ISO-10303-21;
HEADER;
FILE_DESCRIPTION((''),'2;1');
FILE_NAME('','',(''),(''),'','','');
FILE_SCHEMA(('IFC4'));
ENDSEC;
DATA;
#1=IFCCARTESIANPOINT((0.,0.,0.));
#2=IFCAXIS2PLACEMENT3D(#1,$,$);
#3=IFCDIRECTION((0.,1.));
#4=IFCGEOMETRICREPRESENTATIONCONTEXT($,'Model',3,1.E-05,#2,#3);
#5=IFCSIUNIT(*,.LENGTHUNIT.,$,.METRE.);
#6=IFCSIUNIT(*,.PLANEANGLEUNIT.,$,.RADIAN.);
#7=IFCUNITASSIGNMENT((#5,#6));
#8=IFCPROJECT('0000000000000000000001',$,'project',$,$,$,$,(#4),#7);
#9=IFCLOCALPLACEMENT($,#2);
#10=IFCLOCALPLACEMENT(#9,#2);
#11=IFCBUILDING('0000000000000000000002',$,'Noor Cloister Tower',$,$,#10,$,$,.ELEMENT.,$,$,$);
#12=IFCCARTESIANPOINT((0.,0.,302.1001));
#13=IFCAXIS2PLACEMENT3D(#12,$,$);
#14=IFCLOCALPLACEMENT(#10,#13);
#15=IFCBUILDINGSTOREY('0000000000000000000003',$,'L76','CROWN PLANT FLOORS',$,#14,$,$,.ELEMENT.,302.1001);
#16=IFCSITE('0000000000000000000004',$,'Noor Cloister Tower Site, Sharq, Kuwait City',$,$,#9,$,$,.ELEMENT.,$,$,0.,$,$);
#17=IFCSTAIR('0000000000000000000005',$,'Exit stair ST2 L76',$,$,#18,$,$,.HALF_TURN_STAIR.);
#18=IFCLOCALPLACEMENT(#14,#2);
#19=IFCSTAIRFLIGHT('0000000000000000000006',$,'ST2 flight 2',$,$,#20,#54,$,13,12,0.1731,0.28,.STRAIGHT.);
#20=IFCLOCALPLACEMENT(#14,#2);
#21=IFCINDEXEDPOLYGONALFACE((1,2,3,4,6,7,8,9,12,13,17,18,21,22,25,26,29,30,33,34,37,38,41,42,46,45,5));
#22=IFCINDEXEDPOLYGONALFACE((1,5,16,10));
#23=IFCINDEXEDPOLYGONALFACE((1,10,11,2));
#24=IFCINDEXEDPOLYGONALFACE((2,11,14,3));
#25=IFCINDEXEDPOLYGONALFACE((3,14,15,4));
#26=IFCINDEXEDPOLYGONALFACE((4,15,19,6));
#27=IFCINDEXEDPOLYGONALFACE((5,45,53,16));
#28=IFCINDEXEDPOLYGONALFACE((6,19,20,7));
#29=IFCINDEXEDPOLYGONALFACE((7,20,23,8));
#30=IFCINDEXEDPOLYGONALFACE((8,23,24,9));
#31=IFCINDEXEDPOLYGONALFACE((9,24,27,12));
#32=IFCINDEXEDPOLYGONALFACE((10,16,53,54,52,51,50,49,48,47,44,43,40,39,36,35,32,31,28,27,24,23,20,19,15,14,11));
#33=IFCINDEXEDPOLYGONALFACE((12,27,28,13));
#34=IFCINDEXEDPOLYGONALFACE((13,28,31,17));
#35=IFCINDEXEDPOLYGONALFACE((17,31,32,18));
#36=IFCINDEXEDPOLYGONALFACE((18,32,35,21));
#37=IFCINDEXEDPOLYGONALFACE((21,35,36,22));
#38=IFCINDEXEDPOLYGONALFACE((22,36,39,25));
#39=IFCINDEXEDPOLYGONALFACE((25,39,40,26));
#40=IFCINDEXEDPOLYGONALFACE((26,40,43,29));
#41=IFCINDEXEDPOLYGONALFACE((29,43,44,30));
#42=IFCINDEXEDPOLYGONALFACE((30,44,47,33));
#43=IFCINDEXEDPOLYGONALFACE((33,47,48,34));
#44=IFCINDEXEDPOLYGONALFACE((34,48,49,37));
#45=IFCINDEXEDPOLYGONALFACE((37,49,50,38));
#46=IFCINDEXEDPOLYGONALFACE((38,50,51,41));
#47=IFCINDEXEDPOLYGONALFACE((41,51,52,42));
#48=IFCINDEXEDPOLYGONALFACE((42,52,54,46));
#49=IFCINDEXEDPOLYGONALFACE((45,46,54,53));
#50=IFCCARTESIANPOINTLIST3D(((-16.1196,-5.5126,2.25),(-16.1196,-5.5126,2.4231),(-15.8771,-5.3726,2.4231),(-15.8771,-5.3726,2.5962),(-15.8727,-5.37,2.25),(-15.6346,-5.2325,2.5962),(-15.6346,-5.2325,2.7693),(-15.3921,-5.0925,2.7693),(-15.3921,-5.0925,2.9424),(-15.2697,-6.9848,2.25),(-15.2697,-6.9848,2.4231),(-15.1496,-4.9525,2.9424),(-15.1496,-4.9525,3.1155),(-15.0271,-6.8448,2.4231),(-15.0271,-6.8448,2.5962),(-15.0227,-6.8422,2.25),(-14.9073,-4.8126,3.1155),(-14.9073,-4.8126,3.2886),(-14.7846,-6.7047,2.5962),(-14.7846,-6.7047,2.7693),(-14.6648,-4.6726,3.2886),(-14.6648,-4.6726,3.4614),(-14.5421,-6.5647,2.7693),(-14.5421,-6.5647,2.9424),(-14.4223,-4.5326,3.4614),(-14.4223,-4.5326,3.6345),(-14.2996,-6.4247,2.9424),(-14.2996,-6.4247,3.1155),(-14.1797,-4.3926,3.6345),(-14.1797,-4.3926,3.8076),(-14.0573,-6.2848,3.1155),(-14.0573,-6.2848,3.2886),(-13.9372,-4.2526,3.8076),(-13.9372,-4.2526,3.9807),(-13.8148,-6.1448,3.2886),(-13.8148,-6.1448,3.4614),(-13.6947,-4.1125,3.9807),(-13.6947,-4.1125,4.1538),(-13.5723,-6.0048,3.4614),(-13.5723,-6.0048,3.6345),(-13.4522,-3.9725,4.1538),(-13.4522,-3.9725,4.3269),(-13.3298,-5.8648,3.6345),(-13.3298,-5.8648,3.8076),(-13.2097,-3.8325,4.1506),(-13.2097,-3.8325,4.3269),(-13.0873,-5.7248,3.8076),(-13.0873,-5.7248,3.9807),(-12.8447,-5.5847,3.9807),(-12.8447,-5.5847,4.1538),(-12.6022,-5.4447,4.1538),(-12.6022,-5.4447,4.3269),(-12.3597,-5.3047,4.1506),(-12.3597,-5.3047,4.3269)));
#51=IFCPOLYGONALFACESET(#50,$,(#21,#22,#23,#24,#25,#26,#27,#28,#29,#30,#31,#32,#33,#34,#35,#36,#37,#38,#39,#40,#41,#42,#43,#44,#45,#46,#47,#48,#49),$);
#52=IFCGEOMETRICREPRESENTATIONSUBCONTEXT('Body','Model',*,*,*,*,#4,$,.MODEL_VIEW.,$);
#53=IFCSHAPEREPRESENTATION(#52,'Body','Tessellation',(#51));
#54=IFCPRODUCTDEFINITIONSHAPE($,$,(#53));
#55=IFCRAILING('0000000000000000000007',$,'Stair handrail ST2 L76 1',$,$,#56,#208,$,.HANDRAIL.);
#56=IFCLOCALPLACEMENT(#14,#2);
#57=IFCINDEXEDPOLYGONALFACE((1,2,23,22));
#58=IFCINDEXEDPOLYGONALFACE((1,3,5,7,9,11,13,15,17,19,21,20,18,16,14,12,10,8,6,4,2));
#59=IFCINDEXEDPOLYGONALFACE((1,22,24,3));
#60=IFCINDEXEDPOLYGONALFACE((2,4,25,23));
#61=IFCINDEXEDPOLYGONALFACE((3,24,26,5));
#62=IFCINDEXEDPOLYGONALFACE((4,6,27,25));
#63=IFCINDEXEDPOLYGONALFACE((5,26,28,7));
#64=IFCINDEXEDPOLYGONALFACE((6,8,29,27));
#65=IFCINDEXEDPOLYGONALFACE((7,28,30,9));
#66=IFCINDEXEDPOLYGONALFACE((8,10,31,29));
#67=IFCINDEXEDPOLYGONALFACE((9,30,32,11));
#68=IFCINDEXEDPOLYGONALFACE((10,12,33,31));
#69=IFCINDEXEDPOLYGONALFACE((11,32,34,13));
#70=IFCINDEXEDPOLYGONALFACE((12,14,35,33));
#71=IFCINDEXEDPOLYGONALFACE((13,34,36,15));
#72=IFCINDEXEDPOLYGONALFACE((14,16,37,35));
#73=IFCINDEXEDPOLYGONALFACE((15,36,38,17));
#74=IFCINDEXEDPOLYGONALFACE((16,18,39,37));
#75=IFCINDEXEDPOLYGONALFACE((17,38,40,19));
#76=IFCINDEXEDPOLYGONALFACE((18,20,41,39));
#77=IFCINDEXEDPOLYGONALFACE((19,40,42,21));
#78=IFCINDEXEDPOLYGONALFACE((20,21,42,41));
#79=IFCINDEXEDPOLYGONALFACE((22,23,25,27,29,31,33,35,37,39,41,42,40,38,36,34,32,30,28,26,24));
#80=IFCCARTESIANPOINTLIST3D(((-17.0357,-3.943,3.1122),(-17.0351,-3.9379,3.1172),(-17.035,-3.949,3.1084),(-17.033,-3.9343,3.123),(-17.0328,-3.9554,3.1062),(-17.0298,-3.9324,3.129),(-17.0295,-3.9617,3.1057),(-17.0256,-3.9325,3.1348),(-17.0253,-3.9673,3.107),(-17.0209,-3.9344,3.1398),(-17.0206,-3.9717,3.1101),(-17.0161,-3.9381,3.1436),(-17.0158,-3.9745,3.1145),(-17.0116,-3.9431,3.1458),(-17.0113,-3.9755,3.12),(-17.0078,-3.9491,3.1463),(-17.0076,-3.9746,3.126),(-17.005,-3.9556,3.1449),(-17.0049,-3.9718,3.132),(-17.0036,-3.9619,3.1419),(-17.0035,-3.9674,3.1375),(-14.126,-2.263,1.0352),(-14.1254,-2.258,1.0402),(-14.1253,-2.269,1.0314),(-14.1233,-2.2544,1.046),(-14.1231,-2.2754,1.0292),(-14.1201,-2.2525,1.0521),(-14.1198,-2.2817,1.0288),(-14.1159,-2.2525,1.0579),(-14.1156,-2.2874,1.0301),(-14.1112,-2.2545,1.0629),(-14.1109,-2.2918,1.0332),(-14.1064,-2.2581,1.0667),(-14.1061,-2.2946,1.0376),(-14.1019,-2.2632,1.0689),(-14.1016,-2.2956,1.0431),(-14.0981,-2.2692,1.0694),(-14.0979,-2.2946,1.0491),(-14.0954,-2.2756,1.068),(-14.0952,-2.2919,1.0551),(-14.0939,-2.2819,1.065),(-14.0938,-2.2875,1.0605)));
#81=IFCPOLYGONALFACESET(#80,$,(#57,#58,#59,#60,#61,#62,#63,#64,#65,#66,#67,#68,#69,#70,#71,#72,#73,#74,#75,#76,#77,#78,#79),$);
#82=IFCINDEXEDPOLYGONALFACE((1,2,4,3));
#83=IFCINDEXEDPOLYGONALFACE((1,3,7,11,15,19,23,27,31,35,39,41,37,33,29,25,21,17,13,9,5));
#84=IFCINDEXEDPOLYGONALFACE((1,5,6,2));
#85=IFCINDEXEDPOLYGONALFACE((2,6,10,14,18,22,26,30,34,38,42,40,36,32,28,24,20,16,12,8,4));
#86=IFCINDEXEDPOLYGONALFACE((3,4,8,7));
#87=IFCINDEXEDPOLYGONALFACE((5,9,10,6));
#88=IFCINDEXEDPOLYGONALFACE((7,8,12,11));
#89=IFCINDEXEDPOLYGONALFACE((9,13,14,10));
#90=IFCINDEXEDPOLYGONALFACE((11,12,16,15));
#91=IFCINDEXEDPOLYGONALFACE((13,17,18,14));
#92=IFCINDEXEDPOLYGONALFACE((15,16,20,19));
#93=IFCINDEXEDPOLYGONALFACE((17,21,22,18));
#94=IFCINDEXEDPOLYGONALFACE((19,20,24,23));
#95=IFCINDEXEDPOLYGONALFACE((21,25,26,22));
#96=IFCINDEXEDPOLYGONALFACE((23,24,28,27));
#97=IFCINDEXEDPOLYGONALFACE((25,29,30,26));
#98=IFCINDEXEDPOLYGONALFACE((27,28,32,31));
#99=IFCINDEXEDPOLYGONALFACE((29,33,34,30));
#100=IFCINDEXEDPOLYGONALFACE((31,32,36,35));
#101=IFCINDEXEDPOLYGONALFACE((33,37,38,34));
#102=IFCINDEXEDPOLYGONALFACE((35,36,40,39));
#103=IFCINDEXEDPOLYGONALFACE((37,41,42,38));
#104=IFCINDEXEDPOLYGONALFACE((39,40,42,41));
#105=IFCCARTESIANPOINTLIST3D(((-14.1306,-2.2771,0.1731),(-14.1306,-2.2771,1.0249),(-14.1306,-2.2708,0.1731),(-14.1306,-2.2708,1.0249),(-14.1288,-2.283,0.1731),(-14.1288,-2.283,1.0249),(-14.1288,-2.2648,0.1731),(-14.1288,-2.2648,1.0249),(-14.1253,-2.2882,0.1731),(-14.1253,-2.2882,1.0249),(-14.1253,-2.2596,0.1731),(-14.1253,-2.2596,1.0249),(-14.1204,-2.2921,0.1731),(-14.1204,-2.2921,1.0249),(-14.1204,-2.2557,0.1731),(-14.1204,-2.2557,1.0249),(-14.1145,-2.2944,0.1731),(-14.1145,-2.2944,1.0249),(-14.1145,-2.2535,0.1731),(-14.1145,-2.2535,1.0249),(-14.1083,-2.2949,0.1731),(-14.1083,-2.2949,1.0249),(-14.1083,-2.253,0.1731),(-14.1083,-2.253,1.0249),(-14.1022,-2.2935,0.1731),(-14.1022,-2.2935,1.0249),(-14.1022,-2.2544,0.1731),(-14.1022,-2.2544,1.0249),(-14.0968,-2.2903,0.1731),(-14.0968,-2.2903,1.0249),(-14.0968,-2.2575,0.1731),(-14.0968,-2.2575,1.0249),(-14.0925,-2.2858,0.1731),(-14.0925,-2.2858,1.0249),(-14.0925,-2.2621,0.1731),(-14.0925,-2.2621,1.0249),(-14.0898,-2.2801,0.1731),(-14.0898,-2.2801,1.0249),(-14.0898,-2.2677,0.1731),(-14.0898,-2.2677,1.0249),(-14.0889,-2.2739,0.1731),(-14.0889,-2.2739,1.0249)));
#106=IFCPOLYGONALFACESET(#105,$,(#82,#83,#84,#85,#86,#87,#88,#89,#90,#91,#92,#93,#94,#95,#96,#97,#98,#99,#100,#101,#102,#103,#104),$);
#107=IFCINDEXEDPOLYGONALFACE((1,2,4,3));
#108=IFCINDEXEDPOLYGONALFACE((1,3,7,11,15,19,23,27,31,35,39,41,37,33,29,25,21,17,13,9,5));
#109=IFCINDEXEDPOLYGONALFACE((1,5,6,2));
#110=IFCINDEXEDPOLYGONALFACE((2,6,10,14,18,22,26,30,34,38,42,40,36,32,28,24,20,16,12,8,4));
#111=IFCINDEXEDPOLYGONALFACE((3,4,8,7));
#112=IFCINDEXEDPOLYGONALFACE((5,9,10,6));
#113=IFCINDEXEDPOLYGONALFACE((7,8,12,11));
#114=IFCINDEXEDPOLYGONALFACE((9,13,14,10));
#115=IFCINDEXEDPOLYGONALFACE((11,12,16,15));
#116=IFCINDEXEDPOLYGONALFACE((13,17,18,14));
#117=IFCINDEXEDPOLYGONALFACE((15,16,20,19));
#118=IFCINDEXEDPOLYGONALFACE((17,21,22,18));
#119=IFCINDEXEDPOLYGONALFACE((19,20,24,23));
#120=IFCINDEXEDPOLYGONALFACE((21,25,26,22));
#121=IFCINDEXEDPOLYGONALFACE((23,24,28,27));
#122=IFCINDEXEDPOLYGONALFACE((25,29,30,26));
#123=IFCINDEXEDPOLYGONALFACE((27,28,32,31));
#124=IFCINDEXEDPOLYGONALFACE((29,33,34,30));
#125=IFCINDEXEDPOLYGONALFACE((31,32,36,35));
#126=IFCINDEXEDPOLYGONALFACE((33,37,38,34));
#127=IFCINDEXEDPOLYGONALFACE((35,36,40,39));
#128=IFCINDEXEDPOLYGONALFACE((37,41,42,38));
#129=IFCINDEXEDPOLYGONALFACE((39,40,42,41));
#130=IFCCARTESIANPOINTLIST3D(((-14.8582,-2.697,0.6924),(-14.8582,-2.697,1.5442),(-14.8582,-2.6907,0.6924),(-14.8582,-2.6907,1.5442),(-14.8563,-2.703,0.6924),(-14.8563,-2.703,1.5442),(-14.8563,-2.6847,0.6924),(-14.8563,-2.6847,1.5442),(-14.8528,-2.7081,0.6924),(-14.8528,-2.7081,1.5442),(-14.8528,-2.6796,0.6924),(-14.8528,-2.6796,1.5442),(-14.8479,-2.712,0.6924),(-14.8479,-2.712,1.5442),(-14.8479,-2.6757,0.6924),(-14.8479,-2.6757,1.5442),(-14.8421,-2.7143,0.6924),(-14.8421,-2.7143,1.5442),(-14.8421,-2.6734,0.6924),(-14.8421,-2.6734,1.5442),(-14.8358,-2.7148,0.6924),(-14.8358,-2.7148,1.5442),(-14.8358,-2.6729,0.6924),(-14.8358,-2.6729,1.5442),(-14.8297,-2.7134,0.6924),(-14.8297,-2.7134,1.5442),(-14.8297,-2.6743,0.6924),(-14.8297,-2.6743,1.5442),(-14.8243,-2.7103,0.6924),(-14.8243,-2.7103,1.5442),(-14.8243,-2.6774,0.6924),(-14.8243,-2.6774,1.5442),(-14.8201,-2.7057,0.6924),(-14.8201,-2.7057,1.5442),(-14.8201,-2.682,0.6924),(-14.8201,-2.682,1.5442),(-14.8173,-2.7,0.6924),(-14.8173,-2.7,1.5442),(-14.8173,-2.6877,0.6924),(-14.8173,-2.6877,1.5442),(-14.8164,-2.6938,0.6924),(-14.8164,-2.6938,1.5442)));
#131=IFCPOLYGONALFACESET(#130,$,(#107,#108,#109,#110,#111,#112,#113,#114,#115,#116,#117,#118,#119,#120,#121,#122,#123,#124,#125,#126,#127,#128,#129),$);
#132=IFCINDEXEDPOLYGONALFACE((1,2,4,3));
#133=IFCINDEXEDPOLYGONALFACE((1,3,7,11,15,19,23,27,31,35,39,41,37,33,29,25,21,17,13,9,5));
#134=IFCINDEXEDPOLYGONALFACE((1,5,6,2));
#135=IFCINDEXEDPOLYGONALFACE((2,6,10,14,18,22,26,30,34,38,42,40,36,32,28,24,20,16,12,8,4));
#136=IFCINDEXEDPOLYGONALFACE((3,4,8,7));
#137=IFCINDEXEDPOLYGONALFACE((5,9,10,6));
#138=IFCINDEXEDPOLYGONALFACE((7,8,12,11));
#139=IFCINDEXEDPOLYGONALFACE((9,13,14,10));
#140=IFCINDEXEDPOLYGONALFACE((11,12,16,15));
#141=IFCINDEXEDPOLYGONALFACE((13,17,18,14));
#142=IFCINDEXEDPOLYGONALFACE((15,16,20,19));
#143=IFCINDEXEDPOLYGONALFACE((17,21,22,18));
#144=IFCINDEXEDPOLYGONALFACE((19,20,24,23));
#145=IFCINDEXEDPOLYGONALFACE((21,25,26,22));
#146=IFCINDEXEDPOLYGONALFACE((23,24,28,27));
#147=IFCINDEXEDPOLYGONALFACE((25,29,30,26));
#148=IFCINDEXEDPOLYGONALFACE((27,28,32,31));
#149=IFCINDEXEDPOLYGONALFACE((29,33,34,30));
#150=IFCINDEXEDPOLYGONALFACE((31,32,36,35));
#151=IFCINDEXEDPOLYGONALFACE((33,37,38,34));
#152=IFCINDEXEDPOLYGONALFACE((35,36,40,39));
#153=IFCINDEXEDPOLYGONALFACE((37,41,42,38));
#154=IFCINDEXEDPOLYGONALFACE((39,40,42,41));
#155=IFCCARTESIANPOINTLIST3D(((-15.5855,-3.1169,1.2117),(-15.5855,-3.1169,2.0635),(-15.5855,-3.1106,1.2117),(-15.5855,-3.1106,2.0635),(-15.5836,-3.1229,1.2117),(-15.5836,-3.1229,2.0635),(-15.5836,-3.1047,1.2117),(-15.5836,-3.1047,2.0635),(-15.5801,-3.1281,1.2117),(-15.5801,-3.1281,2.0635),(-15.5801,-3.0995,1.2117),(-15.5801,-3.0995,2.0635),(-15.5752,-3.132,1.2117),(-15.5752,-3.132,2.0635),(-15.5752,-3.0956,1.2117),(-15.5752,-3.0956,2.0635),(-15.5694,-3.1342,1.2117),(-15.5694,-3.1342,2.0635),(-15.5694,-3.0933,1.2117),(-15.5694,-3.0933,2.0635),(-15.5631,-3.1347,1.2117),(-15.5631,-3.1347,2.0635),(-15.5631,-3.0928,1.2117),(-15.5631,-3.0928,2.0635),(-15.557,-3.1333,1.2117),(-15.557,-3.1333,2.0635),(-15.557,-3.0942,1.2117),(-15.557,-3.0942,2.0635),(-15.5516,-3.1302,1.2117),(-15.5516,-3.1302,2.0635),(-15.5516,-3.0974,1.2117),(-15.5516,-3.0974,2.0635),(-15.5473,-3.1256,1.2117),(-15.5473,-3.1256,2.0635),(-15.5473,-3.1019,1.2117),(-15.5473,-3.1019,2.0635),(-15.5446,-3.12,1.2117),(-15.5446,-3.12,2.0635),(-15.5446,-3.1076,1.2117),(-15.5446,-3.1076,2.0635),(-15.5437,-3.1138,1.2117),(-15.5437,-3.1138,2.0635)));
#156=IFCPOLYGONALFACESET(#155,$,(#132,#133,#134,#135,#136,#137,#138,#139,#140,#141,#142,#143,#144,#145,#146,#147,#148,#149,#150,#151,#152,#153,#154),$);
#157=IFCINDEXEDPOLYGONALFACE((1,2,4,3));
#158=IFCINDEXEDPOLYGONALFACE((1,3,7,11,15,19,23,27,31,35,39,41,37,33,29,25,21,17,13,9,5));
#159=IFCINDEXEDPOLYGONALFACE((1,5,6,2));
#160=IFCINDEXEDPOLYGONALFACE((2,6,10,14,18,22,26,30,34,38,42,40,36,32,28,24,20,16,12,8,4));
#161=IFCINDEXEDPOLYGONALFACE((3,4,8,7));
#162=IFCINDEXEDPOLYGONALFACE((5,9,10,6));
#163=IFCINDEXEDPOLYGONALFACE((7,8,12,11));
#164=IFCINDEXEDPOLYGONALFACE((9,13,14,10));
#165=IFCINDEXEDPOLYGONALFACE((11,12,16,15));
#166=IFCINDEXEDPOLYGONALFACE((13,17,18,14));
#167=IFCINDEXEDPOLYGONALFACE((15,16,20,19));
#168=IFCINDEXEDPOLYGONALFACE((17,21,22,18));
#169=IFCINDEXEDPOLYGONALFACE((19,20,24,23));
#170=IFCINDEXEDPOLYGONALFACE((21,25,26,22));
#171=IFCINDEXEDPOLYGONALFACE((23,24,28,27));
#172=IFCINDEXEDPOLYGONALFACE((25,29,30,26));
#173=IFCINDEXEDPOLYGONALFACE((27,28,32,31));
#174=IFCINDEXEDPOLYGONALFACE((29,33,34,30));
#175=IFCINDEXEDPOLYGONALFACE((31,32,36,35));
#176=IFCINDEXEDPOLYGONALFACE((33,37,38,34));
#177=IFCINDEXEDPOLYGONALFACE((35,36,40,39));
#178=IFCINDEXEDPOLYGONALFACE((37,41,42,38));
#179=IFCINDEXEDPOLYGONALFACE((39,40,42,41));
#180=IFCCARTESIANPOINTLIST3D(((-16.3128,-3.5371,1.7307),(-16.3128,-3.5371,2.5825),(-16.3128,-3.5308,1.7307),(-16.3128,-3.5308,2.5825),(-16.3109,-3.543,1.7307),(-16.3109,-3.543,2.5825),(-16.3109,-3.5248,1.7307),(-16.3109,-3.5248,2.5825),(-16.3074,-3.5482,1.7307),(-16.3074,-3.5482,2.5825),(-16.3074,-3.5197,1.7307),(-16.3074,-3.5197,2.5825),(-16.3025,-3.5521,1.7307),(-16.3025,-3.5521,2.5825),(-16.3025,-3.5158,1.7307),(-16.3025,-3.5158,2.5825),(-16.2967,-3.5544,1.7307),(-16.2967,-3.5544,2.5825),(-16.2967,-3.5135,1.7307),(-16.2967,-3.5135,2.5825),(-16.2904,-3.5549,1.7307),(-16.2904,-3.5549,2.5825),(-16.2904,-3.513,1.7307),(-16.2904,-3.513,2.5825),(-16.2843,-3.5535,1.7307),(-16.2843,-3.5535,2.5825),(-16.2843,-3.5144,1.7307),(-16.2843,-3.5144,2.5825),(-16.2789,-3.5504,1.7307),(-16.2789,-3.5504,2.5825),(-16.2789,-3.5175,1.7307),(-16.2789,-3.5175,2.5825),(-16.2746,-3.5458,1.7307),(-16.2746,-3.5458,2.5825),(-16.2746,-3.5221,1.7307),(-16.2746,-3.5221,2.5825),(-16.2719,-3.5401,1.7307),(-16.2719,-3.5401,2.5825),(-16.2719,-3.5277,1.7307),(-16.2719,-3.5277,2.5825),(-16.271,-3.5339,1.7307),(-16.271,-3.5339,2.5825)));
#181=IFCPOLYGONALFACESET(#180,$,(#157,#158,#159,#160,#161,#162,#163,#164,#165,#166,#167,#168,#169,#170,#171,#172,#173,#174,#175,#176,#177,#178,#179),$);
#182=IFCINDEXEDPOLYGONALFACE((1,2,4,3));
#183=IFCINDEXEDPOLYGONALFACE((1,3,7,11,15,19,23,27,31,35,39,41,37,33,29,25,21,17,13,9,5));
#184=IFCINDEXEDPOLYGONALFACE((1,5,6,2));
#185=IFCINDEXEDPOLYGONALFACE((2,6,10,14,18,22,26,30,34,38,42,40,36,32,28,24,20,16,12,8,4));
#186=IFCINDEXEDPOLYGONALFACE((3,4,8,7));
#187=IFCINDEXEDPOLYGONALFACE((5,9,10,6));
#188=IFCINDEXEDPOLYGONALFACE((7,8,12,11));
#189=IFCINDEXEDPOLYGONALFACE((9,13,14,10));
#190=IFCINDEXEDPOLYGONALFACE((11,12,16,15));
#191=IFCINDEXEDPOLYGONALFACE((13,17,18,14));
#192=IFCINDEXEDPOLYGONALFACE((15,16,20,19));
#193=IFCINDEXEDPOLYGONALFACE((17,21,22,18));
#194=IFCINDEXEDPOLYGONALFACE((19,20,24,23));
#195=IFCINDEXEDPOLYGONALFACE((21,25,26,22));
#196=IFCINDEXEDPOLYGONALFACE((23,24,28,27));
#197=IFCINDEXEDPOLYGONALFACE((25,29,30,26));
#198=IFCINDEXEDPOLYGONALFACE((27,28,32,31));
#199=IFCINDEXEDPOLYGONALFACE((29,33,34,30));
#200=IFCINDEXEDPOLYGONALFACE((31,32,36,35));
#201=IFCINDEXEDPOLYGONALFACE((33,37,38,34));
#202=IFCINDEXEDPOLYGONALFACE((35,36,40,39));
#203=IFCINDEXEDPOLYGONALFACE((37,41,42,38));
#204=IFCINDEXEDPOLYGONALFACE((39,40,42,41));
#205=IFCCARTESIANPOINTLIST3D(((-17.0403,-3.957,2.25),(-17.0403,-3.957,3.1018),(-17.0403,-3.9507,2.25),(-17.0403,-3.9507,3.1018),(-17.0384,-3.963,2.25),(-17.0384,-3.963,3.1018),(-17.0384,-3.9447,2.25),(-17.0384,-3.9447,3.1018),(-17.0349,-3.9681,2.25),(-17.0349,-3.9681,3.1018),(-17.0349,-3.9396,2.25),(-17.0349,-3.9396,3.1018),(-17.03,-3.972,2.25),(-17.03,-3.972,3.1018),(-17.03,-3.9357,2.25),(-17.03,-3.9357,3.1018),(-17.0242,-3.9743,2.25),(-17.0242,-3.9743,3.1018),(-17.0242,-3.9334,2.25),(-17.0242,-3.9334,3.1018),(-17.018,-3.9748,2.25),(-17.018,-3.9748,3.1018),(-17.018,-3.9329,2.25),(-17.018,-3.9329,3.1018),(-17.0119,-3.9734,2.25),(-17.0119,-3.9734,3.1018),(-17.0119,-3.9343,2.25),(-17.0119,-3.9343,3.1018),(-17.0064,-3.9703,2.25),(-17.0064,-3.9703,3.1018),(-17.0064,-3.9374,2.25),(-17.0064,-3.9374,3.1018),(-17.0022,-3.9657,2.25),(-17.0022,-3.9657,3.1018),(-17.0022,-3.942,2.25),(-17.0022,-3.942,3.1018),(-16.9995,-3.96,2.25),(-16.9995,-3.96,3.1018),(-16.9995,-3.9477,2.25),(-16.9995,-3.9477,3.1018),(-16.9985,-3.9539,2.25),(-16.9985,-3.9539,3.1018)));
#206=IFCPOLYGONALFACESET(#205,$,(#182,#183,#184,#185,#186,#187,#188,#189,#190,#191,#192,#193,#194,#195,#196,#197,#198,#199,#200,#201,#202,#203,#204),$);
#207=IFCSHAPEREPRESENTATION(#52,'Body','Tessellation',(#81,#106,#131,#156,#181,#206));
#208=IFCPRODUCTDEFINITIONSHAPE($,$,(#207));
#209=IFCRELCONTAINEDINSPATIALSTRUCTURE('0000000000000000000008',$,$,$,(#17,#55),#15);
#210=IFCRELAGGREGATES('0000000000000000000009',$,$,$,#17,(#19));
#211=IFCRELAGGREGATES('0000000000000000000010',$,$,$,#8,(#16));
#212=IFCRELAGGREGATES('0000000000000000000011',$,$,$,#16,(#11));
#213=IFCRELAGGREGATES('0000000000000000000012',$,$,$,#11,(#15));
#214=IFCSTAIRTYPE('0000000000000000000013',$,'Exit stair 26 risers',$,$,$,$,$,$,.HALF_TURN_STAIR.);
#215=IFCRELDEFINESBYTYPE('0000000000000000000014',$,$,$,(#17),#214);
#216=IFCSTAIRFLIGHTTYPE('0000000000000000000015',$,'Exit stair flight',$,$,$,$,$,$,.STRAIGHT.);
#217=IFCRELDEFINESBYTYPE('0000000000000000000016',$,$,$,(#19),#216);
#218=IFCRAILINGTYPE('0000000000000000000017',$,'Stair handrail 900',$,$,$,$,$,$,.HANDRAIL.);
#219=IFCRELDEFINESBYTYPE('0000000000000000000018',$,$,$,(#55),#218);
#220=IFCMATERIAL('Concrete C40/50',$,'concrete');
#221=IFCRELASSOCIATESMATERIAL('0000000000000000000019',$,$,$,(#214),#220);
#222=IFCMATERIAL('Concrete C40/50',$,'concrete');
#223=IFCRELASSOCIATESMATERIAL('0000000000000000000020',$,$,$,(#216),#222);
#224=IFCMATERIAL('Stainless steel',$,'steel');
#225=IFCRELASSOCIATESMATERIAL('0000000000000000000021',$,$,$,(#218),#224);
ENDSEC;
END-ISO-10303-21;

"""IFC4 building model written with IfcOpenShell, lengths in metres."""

from ifc_helpers import new_model, si_unit, direction, frame, origin, origin_2d, place, context, subcontext, project, spatial, polyline, circle, outline, extrude, material, type_object, element, aggregate, save


model = new_model("IFC4")

# Units and contexts
model_context = context("Model", 3, precision=1e-05, world=origin(), true_north=direction((0.0, 1.0)))
body_context = subcontext(model_context, "Body", "Model", "MODEL_VIEW")
ifc_project = project(units=[si_unit("LENGTHUNIT", "METRE"), si_unit("PLANEANGLEUNIT", "RADIAN")], contexts=[model_context])

# Site, building, storey
site_placement = place(None, origin())
site = spatial("IfcSite", under=ifc_project, at=site_placement, Name="Noor Cloister Tower Site, Sharq, Kuwait City", CompositionType="ELEMENT", RefElevation=0.0)
building_placement = place(site_placement, origin())
building = spatial("IfcBuilding", under=site, at=building_placement, Name="Noor Cloister Tower", CompositionType="ELEMENT")
storey_placement = place(building_placement, frame((0.0, 0.0, 302.1001)))
storey = spatial("IfcBuildingStorey", under=building, at=storey_placement, Name="L76", Description="CROWN PLANT FLOORS", CompositionType="ELEMENT", Elevation=302.1001)

# Stair, stair flight
ifc_material_1 = material(Name="Concrete C40/50", Category="concrete")
stair_type = type_object("IfcStairType", Name="Exit stair 26 risers", PredefinedType="HALF_TURN_STAIR", material=ifc_material_1)
stair_placement = place(storey_placement, origin())
stair = element("IfcStair", 1, at=stair_placement, inside=storey, type_object=stair_type, Name="Exit stair ST2 L76", PredefinedType="HALF_TURN_STAIR")
ifc_material_2 = material(Name="Concrete C40/50", Category="concrete")
stair_flight_type = type_object("IfcStairFlightType", Name="Exit stair flight", PredefinedType="STRAIGHT", material=ifc_material_2)
stair_flight_1_placement = place(storey_placement, frame((-15.6946, -6.2488, 2.25), z_axis=(0.0, 0.0, 1.0), x_axis=(0.866025, 0.5, 0.0)))
stair_flight_1 = element("IfcStairFlight", 2, at=stair_flight_1_placement, type_object=stair_flight_type, Name="ST2 flight 2", NumberOfRisers=13, NumberOfTreads=12, PredefinedType="STRAIGHT", RiserHeight=0.1731, TreadLength=0.28, context=body_context, shape_type="SweptSolid", body=[
    extrude(outline(polyline([(0.0, 0.0), (0.0, 0.1731), (0.28, 0.1731), (0.28, 0.3462), (0.5601, 0.3462), (0.5601, 0.5193), (0.8401, 0.5193), (0.8401, 0.6924), (1.1201, 0.6924), (1.1201, 0.8655), (1.3999, 0.8655), (1.3999, 1.0386), (1.6799, 1.0386), (1.6799, 1.2114), (1.96, 1.2114), (1.96, 1.3845), (2.24, 1.3845), (2.24, 1.5576), (2.52, 1.5576), (2.52, 1.7307), (2.8, 1.7307), (2.8, 1.9038), (3.0801, 1.9038), (3.0801, 2.0769), (3.3601, 2.0769), (3.3601, 2.25), (3.3601, 1.9006), (0.2852, 0.0), (0.0, 0.0)])), frame((0.0, 0.8501, 0.0), z_axis=(0.0, -1.0, 0.0), x_axis=(1.0, 0.0, 0.0)), (0.0, 0.0, 1.0), 1.7),
])
aggregate(stair, [stair_flight_1])

# Railing
ifc_material_3 = material(Name="Stainless steel", Category="steel")
railing_type_1 = type_object("IfcRailingType", Name="Stair handrail 900", PredefinedType="HANDRAIL", material=ifc_material_3)
railing_1_placement = place(storey_placement, frame((-14.1099, -2.2739, 0.1731)))
element("IfcRailing", 3, at=railing_1_placement, inside=storey, type_object=railing_type_1, Name="Stair handrail ST2 L76 1", PredefinedType="HANDRAIL", context=body_context, shape_type="SweptSolid", body=[
    extrude(circle(Radius=0.0239, at=origin_2d()), frame((0.0, 0.0, 0.876), z_axis=(-0.73664, -0.425308, 0.525809), x_axis=(0.500008, -0.866021, 0.0)), (0.0, 0.0, 1.0), 3.95),
    extrude(circle(Radius=0.021, at=origin_2d()), origin(), (0.0, 0.0, 1.0), 0.8518),
    extrude(circle(Radius=0.021, at=origin_2d()), frame((-0.7275, -0.4199, 0.5193)), (0.0, 0.0, 1.0), 0.8518),
    extrude(circle(Radius=0.021, at=origin_2d()), frame((-1.4548, -0.8398, 1.0386)), (0.0, 0.0, 1.0), 0.8518),
    extrude(circle(Radius=0.021, at=origin_2d()), frame((-2.1821, -1.26, 1.5576)), (0.0, 0.0, 1.0), 0.8518),
    extrude(circle(Radius=0.021, at=origin_2d()), frame((-2.9097, -1.6799, 2.0769)), (0.0, 0.0, 1.0), 0.8518),
])

save(model, "model.ifc")
